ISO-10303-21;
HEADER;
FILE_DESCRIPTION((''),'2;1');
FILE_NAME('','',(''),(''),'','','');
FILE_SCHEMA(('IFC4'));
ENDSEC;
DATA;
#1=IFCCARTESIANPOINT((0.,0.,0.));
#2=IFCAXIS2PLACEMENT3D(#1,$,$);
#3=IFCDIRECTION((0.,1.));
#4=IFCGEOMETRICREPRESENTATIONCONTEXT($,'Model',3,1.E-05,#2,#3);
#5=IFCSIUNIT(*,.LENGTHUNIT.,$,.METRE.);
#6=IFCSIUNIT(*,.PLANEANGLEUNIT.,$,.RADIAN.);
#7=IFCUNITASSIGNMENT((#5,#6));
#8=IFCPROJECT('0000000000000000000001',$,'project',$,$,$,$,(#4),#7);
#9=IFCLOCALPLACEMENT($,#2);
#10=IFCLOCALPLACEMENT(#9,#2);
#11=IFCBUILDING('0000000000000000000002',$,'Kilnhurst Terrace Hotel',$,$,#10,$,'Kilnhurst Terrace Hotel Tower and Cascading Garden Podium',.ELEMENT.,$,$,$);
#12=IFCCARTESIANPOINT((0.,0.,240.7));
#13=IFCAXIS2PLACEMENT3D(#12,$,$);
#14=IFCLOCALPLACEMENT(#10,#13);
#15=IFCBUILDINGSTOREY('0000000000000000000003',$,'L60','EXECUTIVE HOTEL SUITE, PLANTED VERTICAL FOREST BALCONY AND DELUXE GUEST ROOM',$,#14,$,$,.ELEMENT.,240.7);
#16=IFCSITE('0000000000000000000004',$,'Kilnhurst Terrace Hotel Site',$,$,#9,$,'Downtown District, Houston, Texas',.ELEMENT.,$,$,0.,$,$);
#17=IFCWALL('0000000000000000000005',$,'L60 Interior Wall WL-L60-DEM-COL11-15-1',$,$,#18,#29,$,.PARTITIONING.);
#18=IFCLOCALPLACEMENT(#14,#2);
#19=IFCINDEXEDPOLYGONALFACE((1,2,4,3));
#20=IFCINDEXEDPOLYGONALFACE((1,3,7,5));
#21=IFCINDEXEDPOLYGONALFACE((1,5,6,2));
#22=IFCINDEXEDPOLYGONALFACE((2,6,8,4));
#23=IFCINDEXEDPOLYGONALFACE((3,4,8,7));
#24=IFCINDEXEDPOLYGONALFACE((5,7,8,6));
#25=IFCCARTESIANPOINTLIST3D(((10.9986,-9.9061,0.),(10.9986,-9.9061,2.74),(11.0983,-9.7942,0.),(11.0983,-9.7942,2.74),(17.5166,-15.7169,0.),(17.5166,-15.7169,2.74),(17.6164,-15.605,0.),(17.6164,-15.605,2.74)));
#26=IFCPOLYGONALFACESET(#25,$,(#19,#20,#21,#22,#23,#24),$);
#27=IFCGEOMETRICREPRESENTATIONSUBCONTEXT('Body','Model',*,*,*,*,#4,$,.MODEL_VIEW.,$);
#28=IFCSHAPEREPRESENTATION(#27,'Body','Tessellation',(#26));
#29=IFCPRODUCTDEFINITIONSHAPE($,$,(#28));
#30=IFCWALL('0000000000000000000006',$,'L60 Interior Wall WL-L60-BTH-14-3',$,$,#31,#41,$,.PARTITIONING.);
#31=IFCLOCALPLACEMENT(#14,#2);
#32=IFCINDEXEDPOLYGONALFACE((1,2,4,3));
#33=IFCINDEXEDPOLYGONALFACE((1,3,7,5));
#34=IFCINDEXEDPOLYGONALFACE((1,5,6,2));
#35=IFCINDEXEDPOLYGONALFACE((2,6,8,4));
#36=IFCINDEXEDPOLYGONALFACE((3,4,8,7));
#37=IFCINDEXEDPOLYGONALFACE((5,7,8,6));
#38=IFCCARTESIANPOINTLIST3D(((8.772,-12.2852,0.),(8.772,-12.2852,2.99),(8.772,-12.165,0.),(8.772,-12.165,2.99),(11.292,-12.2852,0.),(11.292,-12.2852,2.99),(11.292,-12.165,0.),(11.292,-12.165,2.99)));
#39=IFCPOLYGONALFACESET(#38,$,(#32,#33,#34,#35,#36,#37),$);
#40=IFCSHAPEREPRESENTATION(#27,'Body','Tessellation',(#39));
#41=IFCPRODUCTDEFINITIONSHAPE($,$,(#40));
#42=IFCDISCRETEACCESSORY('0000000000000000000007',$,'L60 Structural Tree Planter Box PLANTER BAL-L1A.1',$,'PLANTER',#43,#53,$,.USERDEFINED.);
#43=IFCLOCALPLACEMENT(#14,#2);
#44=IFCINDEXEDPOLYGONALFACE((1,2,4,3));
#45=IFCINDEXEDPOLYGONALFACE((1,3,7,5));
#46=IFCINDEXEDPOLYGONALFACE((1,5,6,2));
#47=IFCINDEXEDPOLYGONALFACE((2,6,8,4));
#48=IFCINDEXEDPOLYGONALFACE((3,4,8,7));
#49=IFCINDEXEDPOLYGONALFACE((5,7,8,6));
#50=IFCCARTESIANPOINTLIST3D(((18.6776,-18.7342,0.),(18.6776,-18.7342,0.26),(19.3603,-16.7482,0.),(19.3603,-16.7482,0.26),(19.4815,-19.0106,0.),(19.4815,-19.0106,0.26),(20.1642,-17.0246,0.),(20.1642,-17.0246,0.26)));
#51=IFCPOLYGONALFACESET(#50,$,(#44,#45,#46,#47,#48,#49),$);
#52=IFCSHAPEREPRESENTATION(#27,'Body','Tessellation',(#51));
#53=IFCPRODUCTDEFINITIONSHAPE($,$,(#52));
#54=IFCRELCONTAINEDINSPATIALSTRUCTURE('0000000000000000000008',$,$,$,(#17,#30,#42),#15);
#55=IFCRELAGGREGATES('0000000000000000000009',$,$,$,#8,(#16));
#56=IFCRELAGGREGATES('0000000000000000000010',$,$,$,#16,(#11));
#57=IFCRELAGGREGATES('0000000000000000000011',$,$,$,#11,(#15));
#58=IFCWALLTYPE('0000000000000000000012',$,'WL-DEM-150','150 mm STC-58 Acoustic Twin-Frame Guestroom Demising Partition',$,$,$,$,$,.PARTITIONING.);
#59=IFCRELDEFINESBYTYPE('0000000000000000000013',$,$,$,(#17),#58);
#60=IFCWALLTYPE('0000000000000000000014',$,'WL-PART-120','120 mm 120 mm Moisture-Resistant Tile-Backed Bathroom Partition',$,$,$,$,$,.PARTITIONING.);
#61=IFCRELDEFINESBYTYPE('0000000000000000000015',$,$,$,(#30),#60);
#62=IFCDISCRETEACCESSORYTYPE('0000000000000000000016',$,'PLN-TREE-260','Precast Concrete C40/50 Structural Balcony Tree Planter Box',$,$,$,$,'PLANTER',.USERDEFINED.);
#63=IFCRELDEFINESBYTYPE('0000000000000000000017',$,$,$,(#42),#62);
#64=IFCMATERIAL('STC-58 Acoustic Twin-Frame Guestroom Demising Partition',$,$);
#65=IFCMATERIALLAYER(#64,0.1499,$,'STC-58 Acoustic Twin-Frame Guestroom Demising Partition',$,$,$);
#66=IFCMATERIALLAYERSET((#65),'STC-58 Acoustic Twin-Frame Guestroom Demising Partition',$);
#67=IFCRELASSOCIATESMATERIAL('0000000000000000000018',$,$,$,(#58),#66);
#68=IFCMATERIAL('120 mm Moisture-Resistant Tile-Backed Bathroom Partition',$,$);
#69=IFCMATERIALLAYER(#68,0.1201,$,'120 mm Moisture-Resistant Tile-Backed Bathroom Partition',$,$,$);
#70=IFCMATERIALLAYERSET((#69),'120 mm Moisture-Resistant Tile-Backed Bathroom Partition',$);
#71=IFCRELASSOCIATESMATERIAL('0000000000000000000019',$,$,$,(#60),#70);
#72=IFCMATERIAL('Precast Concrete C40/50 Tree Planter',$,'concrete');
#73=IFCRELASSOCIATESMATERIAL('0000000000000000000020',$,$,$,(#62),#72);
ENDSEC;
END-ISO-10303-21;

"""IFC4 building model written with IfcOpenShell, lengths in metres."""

from ifc_helpers import new_model, si_unit, direction, frame, frame_2d, origin, origin_2d, place, context, subcontext, project, spatial, rectangle, extrude, material, layer, layer_set, type_object, element, save


model = new_model("IFC4")

# Units and contexts
model_context = context("Model", 3, precision=1e-05, world=origin(), true_north=direction((0.0, 1.0)))
body_context = subcontext(model_context, "Body", "Model", "MODEL_VIEW")
ifc_project = project(units=[si_unit("LENGTHUNIT", "METRE"), si_unit("PLANEANGLEUNIT", "RADIAN")], contexts=[model_context])

# Site, building, storey
site_placement = place(None, origin())
site = spatial("IfcSite", under=ifc_project, at=site_placement, Name="Kilnhurst Terrace Hotel Site", LongName="Downtown District, Houston, Texas", CompositionType="ELEMENT", RefElevation=0.0)
building_placement = place(site_placement, origin())
building = spatial("IfcBuilding", under=site, at=building_placement, Name="Kilnhurst Terrace Hotel", LongName="Kilnhurst Terrace Hotel Tower and Cascading Garden Podium", CompositionType="ELEMENT")
storey_placement = place(building_placement, frame((0.0, 0.0, 240.7)))
storey = spatial("IfcBuildingStorey", under=building, at=storey_placement, Name="L60", Description="EXECUTIVE HOTEL SUITE, PLANTED VERTICAL FOREST BALCONY AND DELUXE GUEST ROOM", CompositionType="ELEMENT", Elevation=240.7)

# Walls
ifc_material_1 = material(Name="STC-58 Acoustic Twin-Frame Guestroom Demising Partition")
ifc_layer_1 = layer(ifc_material_1, 0.1499, Name="STC-58 Acoustic Twin-Frame Guestroom Demising Partition")
ifc_layer_set_1 = layer_set([ifc_layer_1], Name="STC-58 Acoustic Twin-Frame Guestroom Demising Partition")
wall_type_1 = type_object("IfcWallType", Name="WL-DEM-150", Description="150 mm STC-58 Acoustic Twin-Frame Guestroom Demising Partition", PredefinedType="PARTITIONING", material=ifc_layer_set_1)
wall_1_placement = place(storey_placement, frame((11.0483, -9.8501, 0.0), z_axis=(0.0, 0.0, 1.0), x_axis=(0.746444, -0.665448, 0.0)))
element("IfcWall", 1, at=wall_1_placement, inside=storey, type_object=wall_type_1, Name="L60 Interior Wall WL-L60-DEM-COL11-15-1", PredefinedType="PARTITIONING", context=body_context, shape_type="SweptSolid", body=[
    extrude(rectangle(XDim=8.7322, YDim=0.1499, at=frame_2d((4.3662, 0.0))), origin(), (0.0, 0.0, 1.0), 2.74),
])
ifc_material_2 = material(Name="120 mm Moisture-Resistant Tile-Backed Bathroom Partition")
ifc_layer_2 = layer(ifc_material_2, 0.1201, Name="120 mm Moisture-Resistant Tile-Backed Bathroom Partition")
ifc_layer_set_2 = layer_set([ifc_layer_2], Name="120 mm Moisture-Resistant Tile-Backed Bathroom Partition")
wall_type_2 = type_object("IfcWallType", Name="WL-PART-120", Description="120 mm 120 mm Moisture-Resistant Tile-Backed Bathroom Partition", PredefinedType="PARTITIONING", material=ifc_layer_set_2)
wall_2_placement = place(storey_placement, frame((11.292, -12.2251, 0.0), z_axis=(0.0, 0.0, 1.0), x_axis=(-1.0, 0.0, 0.0)))
element("IfcWall", 2, at=wall_2_placement, inside=storey, type_object=wall_type_2, Name="L60 Interior Wall WL-L60-BTH-14-3", PredefinedType="PARTITIONING", context=body_context, shape_type="SweptSolid", body=[
    extrude(rectangle(XDim=2.52, YDim=0.1201, at=frame_2d((1.26, 0.0))), origin(), (0.0, 0.0, 1.0), 2.99),
])

# Discrete accessory
ifc_material_3 = material(Name="Precast Concrete C40/50 Tree Planter", Category="concrete")
discrete_accessory_type = type_object("IfcDiscreteAccessoryType", Name="PLN-TREE-260", Description="Precast Concrete C40/50 Structural Balcony Tree Planter Box", ElementType="PLANTER", PredefinedType="USERDEFINED", material=ifc_material_3)
discrete_accessory_placement = place(storey_placement, frame((19.4209, -17.8794, 0.0), z_axis=(0.0, 0.0, 1.0), x_axis=(0.32509, 0.945683, 0.0)))
element("IfcDiscreteAccessory", 3, at=discrete_accessory_placement, inside=storey, type_object=discrete_accessory_type, Name="L60 Structural Tree Planter Box PLANTER BAL-L1A.1", ObjectType="PLANTER", PredefinedType="USERDEFINED", context=body_context, shape_type="SweptSolid", body=[
    extrude(rectangle(XDim=2.1001, YDim=0.8501, at=origin_2d()), origin(), (0.0, 0.0, 1.0), 0.26),
])

save(model, "model.ifc")
